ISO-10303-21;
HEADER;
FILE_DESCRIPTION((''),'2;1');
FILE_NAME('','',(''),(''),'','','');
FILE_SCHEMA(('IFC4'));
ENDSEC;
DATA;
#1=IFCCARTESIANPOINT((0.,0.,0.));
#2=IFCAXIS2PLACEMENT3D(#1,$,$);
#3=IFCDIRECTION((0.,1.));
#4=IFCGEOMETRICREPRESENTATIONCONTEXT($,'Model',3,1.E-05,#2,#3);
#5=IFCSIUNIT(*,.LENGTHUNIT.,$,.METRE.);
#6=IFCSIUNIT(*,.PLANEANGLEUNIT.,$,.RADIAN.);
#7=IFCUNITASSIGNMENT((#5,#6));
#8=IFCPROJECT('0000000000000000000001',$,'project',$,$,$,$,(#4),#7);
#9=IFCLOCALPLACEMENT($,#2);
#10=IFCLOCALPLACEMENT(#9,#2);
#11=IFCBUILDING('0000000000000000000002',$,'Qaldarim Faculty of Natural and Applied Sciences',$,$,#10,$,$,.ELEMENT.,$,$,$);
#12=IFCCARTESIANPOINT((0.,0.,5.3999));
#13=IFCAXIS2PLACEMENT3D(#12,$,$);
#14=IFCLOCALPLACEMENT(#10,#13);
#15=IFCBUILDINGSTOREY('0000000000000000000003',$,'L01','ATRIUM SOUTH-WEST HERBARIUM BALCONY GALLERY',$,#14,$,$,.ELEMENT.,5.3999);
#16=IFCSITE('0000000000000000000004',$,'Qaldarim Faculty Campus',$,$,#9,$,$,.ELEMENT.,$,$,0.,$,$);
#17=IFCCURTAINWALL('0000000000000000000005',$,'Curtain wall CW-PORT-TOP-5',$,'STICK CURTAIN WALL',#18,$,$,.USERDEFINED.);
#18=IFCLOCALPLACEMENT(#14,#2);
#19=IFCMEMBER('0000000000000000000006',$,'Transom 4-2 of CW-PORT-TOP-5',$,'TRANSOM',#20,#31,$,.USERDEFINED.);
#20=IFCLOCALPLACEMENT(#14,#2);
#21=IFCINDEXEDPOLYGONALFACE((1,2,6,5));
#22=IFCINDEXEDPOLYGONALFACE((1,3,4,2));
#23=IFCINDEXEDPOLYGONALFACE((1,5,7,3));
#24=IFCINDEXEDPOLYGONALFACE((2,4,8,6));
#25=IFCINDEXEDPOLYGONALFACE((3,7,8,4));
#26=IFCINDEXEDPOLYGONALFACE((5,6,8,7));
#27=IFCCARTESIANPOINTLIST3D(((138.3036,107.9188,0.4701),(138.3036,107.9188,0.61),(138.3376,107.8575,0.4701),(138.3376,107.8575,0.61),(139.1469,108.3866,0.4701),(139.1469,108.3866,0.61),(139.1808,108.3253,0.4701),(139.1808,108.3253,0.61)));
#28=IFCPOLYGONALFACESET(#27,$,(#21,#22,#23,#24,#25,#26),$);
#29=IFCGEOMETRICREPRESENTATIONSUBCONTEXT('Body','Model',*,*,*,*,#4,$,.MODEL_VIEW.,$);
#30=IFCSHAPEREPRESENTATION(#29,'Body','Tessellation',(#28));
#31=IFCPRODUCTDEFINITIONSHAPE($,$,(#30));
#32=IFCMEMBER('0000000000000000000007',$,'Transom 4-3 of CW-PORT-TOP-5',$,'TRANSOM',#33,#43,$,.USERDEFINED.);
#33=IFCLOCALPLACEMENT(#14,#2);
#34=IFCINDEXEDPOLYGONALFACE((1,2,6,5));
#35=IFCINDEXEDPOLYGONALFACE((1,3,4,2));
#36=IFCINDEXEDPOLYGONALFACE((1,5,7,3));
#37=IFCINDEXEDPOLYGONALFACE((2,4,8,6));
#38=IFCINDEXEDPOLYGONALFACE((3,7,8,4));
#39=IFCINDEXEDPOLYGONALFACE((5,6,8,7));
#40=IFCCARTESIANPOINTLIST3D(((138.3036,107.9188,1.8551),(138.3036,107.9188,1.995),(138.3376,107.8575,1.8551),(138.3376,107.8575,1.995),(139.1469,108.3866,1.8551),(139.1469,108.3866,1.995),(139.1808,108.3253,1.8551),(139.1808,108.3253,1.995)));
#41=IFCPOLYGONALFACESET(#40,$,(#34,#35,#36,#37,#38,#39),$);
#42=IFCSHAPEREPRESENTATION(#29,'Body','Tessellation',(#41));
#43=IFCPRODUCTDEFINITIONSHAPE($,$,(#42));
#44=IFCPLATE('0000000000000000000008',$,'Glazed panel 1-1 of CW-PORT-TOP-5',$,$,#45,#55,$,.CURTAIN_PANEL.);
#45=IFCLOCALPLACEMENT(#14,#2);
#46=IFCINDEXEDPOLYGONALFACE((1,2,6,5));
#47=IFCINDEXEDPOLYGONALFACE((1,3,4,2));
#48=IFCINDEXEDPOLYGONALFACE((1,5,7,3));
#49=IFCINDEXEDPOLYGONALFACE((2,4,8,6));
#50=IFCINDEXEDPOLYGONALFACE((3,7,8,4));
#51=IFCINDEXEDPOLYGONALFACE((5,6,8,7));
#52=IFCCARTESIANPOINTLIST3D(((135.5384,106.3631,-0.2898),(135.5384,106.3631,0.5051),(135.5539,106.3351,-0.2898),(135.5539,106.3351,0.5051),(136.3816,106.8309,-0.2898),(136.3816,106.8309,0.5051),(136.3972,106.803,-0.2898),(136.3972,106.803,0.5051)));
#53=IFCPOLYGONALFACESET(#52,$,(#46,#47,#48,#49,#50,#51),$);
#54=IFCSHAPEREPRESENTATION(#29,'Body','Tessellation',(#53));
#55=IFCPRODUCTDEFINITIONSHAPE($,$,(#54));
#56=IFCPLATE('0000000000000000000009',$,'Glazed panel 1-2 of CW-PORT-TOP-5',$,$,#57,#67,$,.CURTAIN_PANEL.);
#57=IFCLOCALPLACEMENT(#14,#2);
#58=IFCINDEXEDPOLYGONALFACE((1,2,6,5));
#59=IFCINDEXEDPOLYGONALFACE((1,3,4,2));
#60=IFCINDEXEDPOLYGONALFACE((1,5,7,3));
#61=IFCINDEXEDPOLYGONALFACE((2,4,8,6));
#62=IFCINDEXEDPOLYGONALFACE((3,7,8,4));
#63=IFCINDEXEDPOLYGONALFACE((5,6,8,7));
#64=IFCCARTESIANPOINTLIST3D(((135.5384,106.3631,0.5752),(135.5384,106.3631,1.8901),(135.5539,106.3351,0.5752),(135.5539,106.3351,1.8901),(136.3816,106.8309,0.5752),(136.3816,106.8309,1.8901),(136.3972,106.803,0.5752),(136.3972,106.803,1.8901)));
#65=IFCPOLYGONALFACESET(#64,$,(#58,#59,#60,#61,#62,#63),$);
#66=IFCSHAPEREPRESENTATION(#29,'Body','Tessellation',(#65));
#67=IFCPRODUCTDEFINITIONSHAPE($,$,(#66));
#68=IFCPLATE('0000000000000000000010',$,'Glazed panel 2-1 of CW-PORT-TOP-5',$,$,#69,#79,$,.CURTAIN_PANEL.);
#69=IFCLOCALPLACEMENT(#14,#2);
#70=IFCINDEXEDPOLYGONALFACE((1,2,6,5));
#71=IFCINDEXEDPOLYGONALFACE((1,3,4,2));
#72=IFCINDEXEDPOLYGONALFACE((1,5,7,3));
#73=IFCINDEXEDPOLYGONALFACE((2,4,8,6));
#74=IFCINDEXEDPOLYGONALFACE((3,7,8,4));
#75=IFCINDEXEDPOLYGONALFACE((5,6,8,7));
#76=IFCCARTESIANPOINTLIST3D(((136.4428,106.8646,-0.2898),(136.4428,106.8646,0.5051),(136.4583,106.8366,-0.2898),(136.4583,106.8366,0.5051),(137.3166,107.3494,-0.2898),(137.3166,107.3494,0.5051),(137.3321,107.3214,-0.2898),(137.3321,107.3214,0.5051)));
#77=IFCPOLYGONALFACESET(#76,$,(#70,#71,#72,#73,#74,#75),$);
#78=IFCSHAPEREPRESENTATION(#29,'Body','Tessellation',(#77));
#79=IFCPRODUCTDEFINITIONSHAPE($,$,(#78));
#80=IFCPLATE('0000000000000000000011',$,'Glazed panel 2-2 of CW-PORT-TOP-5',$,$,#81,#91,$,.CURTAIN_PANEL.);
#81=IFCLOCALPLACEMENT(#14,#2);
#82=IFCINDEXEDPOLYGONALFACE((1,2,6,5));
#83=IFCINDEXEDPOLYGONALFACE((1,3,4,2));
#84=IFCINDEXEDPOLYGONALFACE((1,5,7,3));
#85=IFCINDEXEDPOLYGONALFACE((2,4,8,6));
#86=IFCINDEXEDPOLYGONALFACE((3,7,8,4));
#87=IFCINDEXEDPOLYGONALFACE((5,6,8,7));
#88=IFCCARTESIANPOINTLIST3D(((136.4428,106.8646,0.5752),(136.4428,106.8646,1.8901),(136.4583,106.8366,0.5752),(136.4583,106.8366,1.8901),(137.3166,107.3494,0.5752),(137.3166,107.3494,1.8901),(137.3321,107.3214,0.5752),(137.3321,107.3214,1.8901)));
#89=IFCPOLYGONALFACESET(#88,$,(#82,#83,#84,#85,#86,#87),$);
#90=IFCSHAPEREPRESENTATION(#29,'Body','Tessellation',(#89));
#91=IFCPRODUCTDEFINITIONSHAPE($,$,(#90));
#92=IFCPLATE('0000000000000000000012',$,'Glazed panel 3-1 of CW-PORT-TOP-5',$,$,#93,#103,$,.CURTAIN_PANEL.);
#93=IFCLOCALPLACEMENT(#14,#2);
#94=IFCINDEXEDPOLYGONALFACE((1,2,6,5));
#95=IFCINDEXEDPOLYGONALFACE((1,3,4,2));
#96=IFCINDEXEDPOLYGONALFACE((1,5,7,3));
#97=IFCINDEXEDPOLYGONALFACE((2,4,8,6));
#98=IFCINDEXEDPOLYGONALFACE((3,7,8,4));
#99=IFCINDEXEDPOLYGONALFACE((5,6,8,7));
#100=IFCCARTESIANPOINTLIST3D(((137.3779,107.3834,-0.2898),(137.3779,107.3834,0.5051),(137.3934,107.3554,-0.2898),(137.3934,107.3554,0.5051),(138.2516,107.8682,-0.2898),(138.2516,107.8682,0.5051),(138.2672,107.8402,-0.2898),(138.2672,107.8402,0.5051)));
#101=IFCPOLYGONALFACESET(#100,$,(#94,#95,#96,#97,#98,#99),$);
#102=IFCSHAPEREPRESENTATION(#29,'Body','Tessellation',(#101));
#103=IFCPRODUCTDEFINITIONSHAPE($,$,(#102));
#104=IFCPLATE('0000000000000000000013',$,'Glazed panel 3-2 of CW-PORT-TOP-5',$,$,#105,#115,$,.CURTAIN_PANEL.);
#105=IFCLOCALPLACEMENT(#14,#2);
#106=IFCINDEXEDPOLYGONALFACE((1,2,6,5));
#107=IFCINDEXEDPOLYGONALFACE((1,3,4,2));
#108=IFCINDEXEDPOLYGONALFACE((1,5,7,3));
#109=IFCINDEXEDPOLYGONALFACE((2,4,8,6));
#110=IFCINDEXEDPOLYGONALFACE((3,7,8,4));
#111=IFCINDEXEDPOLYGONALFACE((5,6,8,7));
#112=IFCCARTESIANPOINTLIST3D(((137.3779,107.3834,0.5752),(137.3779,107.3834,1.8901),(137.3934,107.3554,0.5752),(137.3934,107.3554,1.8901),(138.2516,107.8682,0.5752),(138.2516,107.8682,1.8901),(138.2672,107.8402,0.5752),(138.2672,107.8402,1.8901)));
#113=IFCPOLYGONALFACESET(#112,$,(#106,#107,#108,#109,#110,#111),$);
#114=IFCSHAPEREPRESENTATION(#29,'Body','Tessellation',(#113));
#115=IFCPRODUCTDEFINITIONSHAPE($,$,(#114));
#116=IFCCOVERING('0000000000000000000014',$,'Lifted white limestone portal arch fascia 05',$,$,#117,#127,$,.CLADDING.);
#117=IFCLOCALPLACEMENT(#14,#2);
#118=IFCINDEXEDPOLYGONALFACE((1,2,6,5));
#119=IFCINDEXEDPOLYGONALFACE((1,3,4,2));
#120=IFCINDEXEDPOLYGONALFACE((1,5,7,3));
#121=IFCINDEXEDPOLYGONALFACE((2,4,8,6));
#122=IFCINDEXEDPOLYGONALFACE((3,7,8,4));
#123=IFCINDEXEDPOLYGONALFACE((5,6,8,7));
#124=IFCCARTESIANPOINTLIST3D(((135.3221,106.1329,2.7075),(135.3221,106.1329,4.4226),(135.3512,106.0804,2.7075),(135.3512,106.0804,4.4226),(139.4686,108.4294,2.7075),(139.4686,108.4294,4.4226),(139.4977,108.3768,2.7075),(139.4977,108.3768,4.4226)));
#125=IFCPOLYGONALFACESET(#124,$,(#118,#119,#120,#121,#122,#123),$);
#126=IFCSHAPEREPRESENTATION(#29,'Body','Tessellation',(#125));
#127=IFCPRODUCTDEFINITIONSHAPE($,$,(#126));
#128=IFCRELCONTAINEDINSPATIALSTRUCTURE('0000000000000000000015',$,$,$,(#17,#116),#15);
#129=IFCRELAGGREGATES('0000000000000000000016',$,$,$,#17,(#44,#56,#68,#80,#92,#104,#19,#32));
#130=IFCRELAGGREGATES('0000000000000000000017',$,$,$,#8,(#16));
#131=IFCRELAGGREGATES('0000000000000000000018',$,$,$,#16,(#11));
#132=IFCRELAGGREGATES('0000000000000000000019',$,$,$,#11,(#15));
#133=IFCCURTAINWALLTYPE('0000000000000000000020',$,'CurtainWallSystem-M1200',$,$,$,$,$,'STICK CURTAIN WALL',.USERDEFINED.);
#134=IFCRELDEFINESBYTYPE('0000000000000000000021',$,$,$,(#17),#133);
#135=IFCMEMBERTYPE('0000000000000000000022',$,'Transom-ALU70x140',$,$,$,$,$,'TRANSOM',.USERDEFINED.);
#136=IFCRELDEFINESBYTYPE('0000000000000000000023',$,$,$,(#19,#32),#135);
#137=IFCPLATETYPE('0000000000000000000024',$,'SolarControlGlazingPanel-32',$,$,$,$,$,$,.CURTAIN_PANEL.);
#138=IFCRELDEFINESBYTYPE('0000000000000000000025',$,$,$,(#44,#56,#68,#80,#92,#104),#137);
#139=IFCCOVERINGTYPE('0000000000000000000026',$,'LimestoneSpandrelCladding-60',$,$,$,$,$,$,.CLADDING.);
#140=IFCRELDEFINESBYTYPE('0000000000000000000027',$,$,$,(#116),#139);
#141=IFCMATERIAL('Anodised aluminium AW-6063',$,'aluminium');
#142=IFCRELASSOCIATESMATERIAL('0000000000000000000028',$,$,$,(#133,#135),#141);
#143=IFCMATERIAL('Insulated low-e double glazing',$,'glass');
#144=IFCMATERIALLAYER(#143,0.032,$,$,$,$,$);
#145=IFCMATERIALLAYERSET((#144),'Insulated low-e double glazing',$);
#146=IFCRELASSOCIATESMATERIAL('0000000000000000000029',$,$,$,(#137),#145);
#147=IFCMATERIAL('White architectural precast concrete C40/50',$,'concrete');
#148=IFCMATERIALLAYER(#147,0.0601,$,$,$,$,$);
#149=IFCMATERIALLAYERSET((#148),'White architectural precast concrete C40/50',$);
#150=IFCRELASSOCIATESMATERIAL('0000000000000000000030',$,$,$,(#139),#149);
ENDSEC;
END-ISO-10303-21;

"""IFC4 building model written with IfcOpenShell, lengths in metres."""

from ifc_helpers import new_model, si_unit, direction, frame, origin, origin_2d, place, context, subcontext, project, spatial, rectangle, extrude, material, layer, layer_set, material_profile, profile_set, type_object, element, aggregate, save


model = new_model("IFC4")

# Units and contexts
model_context = context("Model", 3, precision=1e-05, world=origin(), true_north=direction((0.0, 1.0)))
body_context = subcontext(model_context, "Body", "Model", "MODEL_VIEW")
ifc_project = project(units=[si_unit("LENGTHUNIT", "METRE"), si_unit("PLANEANGLEUNIT", "RADIAN")], contexts=[model_context])

# Site, building, storey
site_placement = place(None, origin())
site = spatial("IfcSite", under=ifc_project, at=site_placement, Name="Qaldarim Faculty Campus", CompositionType="ELEMENT", RefElevation=0.0)
building_placement = place(site_placement, origin())
building = spatial("IfcBuilding", under=site, at=building_placement, Name="Qaldarim Faculty of Natural and Applied Sciences", CompositionType="ELEMENT")
storey_placement = place(building_placement, frame((0.0, 0.0, 5.3999)))
storey = spatial("IfcBuildingStorey", under=building, at=storey_placement, Name="L01", Description="ATRIUM SOUTH-WEST HERBARIUM BALCONY GALLERY", CompositionType="ELEMENT", Elevation=5.3999)

# Curtain wall, members, plates
ifc_material_1 = material(Name="Anodised aluminium AW-6063", Category="aluminium")
curtain_wall_type = type_object("IfcCurtainWallType", Name="CurtainWallSystem-M1200", ElementType="STICK CURTAIN WALL", PredefinedType="USERDEFINED", material=ifc_material_1)
curtain_wall_placement = place(storey_placement, origin())
curtain_wall = element("IfcCurtainWall", 1, at=curtain_wall_placement, inside=storey, type_object=curtain_wall_type, Name="Curtain wall CW-PORT-TOP-5", ObjectType="STICK CURTAIN WALL", PredefinedType="USERDEFINED")
ifc_material_profile_1 = material_profile(ifc_material_1, rectangle(XDim=0.0701, YDim=0.1399, at=origin_2d()), Name="ALU-T70x140")
ifc_profile_set_1 = profile_set([ifc_material_profile_1], Name="Anodised aluminium AW-6063")
member_type_1 = type_object("IfcMemberType", Name="Transom-ALU70x140", ElementType="TRANSOM", PredefinedType="USERDEFINED", material=ifc_profile_set_1)
member_1_placement = place(storey_placement, frame((138.3206, 107.8882, 0.54), z_axis=(0.874468, 0.485084, 0.0), x_axis=(-0.485084, 0.874468, 0.0)))
member_1 = element("IfcMember", 2, at=member_1_placement, type_object=member_type_1, Name="Transom 4-2 of CW-PORT-TOP-5", ObjectType="TRANSOM", PredefinedType="USERDEFINED", context=body_context, shape_type="SweptSolid", body=[
    extrude(rectangle(XDim=0.0701, YDim=0.1399, at=origin_2d()), origin(), (0.0, 0.0, 1.0), 0.9644),
])
member_2_placement = place(storey_placement, frame((138.3206, 107.8882, 1.925), z_axis=(0.874468, 0.485084, 0.0), x_axis=(-0.485084, 0.874468, 0.0)))
member_2 = element("IfcMember", 3, at=member_2_placement, type_object=member_type_1, Name="Transom 4-3 of CW-PORT-TOP-5", ObjectType="TRANSOM", PredefinedType="USERDEFINED", context=body_context, shape_type="SweptSolid", body=[
    extrude(rectangle(XDim=0.0701, YDim=0.1399, at=origin_2d()), origin(), (0.0, 0.0, 1.0), 0.9644),
])
ifc_material_2 = material(Name="Insulated low-e double glazing", Category="glass")
ifc_layer_1 = layer(ifc_material_2, 0.032)
ifc_layer_set_1 = layer_set([ifc_layer_1], Name="Insulated low-e double glazing")
plate_type = type_object("IfcPlateType", Name="SolarControlGlazingPanel-32", PredefinedType="CURTAIN_PANEL", material=ifc_layer_set_1)
plate_1_placement = place(storey_placement, frame((135.9678, 106.583, -0.2898), z_axis=(0.0, 0.0, 1.0), x_axis=(0.874433, 0.485145, 0.0)))
plate_1 = element("IfcPlate", 4, at=plate_1_placement, type_object=plate_type, Name="Glazed panel 1-1 of CW-PORT-TOP-5", PredefinedType="CURTAIN_PANEL", context=body_context, shape_type="SweptSolid", body=[
    extrude(rectangle(XDim=0.9644, YDim=0.032, at=origin_2d()), origin(), (0.0, 0.0, 1.0), 0.7949),
])
plate_2_placement = place(storey_placement, frame((135.9678, 106.583, 0.5752), z_axis=(0.0, 0.0, 1.0), x_axis=(0.874433, 0.485145, 0.0)))
plate_2 = element("IfcPlate", 5, at=plate_2_placement, type_object=plate_type, Name="Glazed panel 1-2 of CW-PORT-TOP-5", PredefinedType="CURTAIN_PANEL", context=body_context, shape_type="SweptSolid", body=[
    extrude(rectangle(XDim=0.9644, YDim=0.032, at=origin_2d()), origin(), (0.0, 0.0, 1.0), 1.3149),
])
plate_3_placement = place(storey_placement, frame((136.8875, 107.093, -0.2898), z_axis=(0.0, 0.0, 1.0), x_axis=(0.874433, 0.485145, 0.0)))
plate_3 = element("IfcPlate", 6, at=plate_3_placement, type_object=plate_type, Name="Glazed panel 2-1 of CW-PORT-TOP-5", PredefinedType="CURTAIN_PANEL", context=body_context, shape_type="SweptSolid", body=[
    extrude(rectangle(XDim=0.9993, YDim=0.032, at=origin_2d()), origin(), (0.0, 0.0, 1.0), 0.7949),
])
plate_4_placement = place(storey_placement, frame((136.8875, 107.093, 0.5752), z_axis=(0.0, 0.0, 1.0), x_axis=(0.874433, 0.485145, 0.0)))
plate_4 = element("IfcPlate", 7, at=plate_4_placement, type_object=plate_type, Name="Glazed panel 2-2 of CW-PORT-TOP-5", PredefinedType="CURTAIN_PANEL", context=body_context, shape_type="SweptSolid", body=[
    extrude(rectangle(XDim=0.9993, YDim=0.032, at=origin_2d()), origin(), (0.0, 0.0, 1.0), 1.3149),
])
plate_5_placement = place(storey_placement, frame((137.8225, 107.6118, -0.2898), z_axis=(0.0, 0.0, 1.0), x_axis=(0.874433, 0.485145, 0.0)))
plate_5 = element("IfcPlate", 8, at=plate_5_placement, type_object=plate_type, Name="Glazed panel 3-1 of CW-PORT-TOP-5", PredefinedType="CURTAIN_PANEL", context=body_context, shape_type="SweptSolid", body=[
    extrude(rectangle(XDim=0.9993, YDim=0.032, at=origin_2d()), origin(), (0.0, 0.0, 1.0), 0.7949),
])
plate_6_placement = place(storey_placement, frame((137.8225, 107.6118, 0.5752), z_axis=(0.0, 0.0, 1.0), x_axis=(0.874433, 0.485145, 0.0)))
plate_6 = element("IfcPlate", 9, at=plate_6_placement, type_object=plate_type, Name="Glazed panel 3-2 of CW-PORT-TOP-5", PredefinedType="CURTAIN_PANEL", context=body_context, shape_type="SweptSolid", body=[
    extrude(rectangle(XDim=0.9993, YDim=0.032, at=origin_2d()), origin(), (0.0, 0.0, 1.0), 1.3149),
])
aggregate(curtain_wall, [plate_1, plate_2, plate_3, plate_4, plate_5, plate_6, member_1, member_2])

# Covering
ifc_material_3 = material(Name="White architectural precast concrete C40/50", Category="concrete")
ifc_layer_2 = layer(ifc_material_3, 0.0601)
ifc_layer_set_2 = layer_set([ifc_layer_2], Name="White architectural precast concrete C40/50")
covering_type = type_object("IfcCoveringType", Name="LimestoneSpandrelCladding-60", PredefinedType="CLADDING", material=ifc_layer_set_2)
covering_placement = place(storey_placement, frame((137.4099, 107.2549, 2.7075), z_axis=(0.0, 0.0, 1.0), x_axis=(0.874797, 0.484489, 0.0)))
element("IfcCovering", 10, at=covering_placement, inside=storey, type_object=covering_type, Name="Lifted white limestone portal arch fascia 05", PredefinedType="CLADDING", context=body_context, shape_type="SweptSolid", body=[
    extrude(rectangle(XDim=4.74, YDim=0.0601, at=origin_2d()), origin(), (0.0, 0.0, 1.0), 1.7151),
])

save(model, "model.ifc")
